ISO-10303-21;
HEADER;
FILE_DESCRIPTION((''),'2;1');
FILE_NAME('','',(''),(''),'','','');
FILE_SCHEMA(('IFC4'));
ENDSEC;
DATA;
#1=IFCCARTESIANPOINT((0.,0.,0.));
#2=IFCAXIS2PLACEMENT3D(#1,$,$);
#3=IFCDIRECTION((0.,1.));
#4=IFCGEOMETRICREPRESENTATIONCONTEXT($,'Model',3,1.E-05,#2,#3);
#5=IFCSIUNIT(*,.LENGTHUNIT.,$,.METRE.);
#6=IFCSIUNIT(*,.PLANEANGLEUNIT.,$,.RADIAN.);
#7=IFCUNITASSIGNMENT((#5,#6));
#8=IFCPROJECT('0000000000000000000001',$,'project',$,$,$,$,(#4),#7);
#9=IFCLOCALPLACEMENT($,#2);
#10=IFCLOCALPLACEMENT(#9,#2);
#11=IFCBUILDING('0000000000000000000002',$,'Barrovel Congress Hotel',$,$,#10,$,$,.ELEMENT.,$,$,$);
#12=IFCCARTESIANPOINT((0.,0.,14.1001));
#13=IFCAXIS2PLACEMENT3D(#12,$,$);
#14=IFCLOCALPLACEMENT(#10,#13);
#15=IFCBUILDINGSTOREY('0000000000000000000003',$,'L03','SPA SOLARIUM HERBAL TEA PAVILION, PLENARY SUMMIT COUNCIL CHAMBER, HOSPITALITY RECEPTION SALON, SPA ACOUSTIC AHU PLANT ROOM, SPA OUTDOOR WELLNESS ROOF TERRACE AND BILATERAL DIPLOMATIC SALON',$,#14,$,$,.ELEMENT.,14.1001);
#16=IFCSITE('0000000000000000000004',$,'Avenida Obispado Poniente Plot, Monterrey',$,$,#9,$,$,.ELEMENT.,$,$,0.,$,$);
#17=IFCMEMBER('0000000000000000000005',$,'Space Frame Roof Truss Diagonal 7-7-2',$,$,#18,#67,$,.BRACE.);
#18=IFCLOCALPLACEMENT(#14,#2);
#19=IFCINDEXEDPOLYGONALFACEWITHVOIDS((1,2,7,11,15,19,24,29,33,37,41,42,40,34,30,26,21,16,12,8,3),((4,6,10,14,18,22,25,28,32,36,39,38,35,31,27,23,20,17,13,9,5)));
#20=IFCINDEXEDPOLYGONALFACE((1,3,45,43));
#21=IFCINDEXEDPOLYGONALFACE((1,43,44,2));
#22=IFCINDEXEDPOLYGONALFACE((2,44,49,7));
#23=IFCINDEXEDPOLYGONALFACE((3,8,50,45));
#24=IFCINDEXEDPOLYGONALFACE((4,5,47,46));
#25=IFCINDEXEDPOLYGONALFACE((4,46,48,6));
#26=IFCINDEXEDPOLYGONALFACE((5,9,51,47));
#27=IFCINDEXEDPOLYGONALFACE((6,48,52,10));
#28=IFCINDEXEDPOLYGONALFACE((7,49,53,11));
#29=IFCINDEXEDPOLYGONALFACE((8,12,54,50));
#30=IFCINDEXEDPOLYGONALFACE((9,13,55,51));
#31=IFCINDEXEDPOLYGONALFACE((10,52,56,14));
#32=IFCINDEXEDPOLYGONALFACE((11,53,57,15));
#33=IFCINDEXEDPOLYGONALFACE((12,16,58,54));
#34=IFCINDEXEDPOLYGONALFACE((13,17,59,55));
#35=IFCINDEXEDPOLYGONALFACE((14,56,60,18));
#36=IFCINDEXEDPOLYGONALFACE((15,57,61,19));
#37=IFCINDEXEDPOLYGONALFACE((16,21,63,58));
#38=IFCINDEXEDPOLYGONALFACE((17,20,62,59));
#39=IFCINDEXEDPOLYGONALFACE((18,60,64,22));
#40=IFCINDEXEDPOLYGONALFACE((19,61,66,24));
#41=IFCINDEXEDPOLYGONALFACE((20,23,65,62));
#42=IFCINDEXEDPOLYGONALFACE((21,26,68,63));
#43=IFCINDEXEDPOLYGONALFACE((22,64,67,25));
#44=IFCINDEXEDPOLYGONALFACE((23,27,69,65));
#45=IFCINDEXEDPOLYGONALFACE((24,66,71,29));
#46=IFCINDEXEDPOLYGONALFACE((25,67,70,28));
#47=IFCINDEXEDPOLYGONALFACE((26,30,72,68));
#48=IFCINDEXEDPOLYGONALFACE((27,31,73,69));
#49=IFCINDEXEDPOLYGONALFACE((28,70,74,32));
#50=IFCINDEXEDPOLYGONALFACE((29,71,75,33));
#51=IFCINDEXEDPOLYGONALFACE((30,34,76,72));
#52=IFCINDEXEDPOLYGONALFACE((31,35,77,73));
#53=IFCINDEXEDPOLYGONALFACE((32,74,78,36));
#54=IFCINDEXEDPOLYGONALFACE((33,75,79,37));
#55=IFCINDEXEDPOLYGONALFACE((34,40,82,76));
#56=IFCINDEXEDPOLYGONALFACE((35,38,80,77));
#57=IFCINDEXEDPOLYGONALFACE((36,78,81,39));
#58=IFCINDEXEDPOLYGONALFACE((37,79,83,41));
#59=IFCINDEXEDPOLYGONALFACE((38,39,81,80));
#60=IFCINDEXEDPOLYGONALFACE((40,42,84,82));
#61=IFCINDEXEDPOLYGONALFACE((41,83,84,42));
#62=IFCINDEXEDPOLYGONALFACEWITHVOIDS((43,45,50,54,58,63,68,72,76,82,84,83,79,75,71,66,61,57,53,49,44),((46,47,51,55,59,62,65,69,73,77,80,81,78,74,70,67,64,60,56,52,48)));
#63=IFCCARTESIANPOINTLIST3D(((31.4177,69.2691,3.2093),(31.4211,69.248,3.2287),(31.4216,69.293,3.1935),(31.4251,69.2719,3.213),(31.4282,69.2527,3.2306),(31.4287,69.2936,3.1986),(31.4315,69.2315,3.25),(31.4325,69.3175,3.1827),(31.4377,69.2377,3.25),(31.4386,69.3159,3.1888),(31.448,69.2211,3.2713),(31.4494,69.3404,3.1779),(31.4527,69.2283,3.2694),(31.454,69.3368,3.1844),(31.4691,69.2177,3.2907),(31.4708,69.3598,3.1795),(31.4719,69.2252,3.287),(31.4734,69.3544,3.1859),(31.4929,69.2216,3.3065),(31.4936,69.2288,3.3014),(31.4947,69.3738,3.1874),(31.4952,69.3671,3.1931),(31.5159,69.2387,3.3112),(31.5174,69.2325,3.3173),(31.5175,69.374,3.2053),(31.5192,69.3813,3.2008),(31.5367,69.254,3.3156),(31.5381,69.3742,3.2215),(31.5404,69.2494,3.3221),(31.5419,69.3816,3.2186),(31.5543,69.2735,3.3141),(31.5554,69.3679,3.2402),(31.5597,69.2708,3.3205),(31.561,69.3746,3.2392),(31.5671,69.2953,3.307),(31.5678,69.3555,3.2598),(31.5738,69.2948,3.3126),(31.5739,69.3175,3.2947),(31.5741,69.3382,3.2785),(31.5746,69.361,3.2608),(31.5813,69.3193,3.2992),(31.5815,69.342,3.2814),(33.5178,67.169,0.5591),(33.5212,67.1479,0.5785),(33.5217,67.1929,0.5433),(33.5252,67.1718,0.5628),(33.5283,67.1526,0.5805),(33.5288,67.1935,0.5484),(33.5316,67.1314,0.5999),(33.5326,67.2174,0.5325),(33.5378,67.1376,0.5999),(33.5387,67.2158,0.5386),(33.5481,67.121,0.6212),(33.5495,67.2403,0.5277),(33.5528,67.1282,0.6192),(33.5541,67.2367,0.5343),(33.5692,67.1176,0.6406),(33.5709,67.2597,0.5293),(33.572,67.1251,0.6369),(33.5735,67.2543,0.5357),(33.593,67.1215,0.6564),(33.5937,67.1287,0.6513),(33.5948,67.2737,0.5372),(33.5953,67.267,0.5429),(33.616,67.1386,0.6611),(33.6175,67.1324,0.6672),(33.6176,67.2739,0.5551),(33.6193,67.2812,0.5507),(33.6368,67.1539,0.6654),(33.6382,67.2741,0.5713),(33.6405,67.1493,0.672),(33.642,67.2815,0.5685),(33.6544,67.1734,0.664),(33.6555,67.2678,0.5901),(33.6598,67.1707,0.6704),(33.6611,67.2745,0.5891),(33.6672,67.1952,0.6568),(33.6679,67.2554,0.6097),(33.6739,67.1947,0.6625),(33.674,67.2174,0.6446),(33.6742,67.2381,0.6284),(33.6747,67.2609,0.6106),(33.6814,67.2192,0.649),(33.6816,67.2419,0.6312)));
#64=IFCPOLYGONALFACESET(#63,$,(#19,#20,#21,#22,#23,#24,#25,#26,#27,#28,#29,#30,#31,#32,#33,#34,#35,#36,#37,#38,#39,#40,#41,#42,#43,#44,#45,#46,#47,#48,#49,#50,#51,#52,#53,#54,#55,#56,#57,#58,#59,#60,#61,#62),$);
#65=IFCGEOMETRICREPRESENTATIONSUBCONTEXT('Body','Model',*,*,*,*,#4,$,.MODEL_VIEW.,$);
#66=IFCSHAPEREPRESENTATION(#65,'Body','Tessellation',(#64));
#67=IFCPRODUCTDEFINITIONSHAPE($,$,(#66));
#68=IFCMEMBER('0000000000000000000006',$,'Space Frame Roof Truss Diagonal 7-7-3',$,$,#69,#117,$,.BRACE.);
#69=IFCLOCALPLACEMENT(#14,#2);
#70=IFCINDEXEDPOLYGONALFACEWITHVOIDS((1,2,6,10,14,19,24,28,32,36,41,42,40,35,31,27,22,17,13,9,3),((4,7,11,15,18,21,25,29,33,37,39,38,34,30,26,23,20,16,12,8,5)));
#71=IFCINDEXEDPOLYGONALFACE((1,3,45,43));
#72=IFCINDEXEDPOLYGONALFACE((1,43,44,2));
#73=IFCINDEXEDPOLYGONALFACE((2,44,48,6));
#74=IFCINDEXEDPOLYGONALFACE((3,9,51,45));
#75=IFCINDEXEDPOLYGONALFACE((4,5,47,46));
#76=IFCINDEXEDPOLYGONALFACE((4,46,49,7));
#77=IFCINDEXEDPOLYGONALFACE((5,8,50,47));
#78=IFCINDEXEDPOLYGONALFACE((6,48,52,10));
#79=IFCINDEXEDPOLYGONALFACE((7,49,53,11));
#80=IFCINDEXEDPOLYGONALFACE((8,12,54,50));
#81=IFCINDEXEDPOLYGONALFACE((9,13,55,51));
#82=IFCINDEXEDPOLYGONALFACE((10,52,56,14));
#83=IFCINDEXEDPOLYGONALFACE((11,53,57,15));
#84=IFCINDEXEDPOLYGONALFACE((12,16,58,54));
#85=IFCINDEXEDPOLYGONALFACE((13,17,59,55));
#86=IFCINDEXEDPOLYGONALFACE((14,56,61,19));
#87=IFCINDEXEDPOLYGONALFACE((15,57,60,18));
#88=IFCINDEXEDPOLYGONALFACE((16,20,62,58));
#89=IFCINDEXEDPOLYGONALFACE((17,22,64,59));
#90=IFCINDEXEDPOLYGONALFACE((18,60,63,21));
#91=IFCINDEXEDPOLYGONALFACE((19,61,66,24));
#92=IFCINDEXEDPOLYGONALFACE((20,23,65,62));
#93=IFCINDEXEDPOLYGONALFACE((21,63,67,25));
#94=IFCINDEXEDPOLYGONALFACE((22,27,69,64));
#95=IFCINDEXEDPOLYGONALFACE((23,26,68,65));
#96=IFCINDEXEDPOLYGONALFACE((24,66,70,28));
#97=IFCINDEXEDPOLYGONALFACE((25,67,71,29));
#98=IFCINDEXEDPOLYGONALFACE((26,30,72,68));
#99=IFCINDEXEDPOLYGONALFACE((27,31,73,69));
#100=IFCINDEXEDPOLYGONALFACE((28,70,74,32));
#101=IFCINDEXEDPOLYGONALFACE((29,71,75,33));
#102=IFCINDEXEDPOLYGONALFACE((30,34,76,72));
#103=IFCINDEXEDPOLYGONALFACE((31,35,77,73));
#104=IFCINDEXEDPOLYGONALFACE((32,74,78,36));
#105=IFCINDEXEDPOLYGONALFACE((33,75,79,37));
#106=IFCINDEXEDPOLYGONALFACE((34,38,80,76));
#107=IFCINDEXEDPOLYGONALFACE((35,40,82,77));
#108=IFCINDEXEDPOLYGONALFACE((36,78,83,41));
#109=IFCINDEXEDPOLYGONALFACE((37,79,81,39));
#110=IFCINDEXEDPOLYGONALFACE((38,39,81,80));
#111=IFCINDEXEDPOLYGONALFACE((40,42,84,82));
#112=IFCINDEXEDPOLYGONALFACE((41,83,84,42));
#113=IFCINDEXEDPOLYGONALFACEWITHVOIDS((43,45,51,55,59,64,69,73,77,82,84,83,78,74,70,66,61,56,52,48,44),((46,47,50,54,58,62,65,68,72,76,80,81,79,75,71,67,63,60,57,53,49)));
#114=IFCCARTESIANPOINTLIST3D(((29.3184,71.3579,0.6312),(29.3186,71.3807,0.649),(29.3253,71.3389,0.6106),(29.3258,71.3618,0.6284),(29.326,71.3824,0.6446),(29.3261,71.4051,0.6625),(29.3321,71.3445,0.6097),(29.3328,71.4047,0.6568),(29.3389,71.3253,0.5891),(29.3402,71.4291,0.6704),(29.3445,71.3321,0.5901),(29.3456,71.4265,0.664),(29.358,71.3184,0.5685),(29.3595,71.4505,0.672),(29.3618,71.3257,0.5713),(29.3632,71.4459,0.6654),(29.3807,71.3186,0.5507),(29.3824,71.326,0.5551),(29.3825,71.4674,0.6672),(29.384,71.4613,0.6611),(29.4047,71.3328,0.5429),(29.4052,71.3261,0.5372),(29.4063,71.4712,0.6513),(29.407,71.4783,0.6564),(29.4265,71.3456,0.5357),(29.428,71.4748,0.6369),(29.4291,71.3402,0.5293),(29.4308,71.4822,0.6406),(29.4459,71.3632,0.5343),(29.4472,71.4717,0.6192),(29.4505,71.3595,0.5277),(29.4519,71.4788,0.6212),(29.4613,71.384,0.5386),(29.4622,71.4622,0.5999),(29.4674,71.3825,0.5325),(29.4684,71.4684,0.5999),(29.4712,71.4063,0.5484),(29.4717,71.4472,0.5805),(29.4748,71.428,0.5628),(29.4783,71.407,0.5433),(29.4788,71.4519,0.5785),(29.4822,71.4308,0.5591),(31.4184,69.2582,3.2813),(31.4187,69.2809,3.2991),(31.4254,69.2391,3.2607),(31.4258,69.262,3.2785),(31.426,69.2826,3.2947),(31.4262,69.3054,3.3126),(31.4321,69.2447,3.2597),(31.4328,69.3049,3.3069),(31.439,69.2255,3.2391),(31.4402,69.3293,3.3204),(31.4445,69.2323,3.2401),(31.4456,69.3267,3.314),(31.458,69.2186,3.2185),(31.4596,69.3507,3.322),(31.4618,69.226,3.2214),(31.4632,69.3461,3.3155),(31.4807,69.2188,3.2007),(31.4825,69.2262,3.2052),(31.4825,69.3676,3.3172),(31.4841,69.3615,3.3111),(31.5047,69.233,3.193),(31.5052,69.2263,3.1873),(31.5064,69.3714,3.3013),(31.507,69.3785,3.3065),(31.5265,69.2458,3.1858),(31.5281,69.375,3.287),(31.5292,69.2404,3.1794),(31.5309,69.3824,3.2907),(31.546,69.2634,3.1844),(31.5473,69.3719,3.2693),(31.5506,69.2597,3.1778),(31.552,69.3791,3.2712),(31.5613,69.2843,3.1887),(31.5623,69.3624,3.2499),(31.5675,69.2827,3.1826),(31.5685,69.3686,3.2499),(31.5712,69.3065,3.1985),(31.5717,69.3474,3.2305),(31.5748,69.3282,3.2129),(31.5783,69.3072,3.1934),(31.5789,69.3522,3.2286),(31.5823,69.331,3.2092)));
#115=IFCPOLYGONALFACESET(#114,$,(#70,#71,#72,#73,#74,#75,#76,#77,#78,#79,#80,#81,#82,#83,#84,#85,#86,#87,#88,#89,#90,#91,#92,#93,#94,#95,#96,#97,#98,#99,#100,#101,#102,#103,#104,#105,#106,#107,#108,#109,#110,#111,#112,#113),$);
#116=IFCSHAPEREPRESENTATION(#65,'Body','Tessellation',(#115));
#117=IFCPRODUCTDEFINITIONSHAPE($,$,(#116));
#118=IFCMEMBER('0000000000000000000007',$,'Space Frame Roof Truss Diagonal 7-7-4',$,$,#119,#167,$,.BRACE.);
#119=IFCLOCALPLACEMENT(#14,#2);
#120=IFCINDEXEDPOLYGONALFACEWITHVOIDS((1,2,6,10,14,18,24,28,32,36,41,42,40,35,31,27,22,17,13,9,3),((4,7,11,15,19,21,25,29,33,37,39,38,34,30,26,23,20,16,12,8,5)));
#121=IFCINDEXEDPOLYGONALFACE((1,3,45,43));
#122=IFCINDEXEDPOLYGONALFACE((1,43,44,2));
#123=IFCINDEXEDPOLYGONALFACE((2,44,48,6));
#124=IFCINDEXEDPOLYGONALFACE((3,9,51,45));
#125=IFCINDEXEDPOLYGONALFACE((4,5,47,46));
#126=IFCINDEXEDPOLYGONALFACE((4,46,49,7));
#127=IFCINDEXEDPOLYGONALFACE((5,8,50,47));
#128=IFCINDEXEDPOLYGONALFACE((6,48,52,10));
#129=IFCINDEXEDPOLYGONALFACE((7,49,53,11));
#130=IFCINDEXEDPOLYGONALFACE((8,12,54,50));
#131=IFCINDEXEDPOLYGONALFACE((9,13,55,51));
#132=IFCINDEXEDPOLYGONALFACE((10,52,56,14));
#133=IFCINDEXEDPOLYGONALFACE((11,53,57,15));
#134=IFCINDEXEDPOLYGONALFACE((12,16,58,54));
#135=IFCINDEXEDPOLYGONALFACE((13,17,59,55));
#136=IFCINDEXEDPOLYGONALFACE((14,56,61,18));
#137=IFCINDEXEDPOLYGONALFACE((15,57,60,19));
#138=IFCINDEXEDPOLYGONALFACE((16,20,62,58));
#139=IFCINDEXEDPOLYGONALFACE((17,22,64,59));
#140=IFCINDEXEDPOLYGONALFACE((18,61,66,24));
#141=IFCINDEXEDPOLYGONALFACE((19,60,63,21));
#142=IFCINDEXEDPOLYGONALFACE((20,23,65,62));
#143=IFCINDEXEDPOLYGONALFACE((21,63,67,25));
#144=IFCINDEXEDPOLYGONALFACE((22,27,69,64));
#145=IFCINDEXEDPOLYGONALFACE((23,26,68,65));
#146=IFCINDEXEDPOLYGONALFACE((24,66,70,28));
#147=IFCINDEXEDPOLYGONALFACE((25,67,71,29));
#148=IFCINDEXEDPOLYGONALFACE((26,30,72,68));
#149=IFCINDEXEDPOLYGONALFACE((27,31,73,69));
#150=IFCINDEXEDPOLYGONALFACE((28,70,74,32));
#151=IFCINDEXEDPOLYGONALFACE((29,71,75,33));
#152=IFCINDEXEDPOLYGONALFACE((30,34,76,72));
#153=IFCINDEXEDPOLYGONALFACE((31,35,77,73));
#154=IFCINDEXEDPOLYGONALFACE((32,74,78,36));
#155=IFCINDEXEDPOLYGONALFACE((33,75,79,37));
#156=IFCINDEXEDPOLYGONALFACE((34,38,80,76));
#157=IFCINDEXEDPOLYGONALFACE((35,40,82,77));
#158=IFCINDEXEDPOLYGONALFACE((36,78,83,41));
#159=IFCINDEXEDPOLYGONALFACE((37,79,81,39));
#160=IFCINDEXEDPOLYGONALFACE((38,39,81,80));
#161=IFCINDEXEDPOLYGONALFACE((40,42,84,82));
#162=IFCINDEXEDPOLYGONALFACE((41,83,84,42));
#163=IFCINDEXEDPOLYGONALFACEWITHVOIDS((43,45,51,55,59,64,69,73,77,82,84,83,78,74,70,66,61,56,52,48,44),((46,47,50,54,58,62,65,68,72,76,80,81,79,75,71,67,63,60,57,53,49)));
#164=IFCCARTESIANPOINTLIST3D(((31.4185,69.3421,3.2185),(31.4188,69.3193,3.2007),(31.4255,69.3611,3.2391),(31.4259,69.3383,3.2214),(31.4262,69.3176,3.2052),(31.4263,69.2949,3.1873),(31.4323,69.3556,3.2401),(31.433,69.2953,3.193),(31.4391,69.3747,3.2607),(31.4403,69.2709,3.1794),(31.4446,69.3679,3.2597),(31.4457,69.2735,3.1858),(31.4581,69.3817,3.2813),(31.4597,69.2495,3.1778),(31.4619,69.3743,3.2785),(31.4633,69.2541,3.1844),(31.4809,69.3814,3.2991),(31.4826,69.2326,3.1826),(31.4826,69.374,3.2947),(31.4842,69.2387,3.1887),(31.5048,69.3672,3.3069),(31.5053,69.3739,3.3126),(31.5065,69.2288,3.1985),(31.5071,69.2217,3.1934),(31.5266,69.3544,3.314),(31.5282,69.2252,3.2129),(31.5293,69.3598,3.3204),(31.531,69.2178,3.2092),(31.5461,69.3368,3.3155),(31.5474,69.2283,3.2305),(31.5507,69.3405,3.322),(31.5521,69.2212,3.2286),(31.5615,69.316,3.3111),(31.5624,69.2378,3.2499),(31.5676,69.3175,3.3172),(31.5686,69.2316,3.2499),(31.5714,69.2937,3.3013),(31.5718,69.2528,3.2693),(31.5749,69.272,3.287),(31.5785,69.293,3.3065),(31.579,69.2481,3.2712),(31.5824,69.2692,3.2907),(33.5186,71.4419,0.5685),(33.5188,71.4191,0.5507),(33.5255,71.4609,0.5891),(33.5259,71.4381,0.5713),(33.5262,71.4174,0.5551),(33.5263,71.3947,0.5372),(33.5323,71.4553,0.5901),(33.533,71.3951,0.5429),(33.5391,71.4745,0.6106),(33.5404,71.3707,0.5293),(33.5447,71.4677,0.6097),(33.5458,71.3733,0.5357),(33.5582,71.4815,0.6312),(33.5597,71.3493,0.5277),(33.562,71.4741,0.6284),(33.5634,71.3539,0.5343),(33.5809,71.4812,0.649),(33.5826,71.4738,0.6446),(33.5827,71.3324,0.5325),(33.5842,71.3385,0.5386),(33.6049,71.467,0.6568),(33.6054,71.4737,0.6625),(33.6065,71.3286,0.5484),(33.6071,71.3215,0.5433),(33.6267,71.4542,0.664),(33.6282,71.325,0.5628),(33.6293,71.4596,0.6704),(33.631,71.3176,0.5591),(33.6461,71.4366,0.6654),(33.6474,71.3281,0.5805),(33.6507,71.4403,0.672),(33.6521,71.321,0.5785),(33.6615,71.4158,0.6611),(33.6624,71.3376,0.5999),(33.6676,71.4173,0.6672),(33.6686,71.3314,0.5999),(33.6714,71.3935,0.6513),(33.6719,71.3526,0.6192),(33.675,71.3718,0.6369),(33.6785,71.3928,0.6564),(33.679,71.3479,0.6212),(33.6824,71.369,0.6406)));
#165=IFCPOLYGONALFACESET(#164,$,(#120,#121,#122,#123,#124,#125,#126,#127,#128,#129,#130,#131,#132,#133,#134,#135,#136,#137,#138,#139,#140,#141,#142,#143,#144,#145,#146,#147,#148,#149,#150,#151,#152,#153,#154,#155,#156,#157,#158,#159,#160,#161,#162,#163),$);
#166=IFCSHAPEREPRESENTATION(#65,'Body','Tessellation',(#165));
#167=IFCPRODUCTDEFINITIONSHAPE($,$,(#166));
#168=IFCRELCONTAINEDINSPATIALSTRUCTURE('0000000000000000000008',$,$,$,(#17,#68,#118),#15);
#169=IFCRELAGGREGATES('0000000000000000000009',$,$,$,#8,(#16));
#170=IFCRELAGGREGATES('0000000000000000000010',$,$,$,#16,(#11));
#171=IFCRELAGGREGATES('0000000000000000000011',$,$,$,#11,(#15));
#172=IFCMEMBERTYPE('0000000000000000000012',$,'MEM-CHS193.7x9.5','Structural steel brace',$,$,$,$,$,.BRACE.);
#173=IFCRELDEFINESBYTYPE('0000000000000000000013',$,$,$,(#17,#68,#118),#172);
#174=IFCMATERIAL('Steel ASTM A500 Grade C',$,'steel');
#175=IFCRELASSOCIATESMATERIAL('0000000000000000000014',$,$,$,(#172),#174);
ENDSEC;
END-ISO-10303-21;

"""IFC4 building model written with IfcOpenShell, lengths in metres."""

from ifc_helpers import new_model, si_unit, direction, frame, origin, origin_2d, place, context, subcontext, project, spatial, hollow_circle, extrude, material, material_profile, profile_set, type_object, element, save


model = new_model("IFC4")

# Units and contexts
model_context = context("Model", 3, precision=1e-05, world=origin(), true_north=direction((0.0, 1.0)))
body_context = subcontext(model_context, "Body", "Model", "MODEL_VIEW")
ifc_project = project(units=[si_unit("LENGTHUNIT", "METRE"), si_unit("PLANEANGLEUNIT", "RADIAN")], contexts=[model_context])

# Site, building, storey
site_placement = place(None, origin())
site = spatial("IfcSite", under=ifc_project, at=site_placement, Name="Avenida Obispado Poniente Plot, Monterrey", CompositionType="ELEMENT", RefElevation=0.0)
building_placement = place(site_placement, origin())
building = spatial("IfcBuilding", under=site, at=building_placement, Name="Barrovel Congress Hotel", CompositionType="ELEMENT")
storey_placement = place(building_placement, frame((0.0, 0.0, 14.1001)))
storey = spatial("IfcBuildingStorey", under=building, at=storey_placement, Name="L03", Description="SPA SOLARIUM HERBAL TEA PAVILION, PLENARY SUMMIT COUNCIL CHAMBER, HOSPITALITY RECEPTION SALON, SPA ACOUSTIC AHU PLANT ROOM, SPA OUTDOOR WELLNESS ROOF TERRACE AND BILATERAL DIPLOMATIC SALON", CompositionType="ELEMENT", Elevation=14.1001)

# Members
ifc_material_1 = material(Name="Steel ASTM A500 Grade C", Category="steel")
ifc_material_profile_1 = material_profile(ifc_material_1, hollow_circle(Radius=0.0969, WallThickness=0.0088, at=origin_2d()), Name="CHS193.7x9.5")
ifc_profile_set_1 = profile_set([ifc_material_profile_1], Name="Steel ASTM A500 Grade C")
member_type_1 = type_object("IfcMemberType", Name="MEM-CHS193.7x9.5", Description="Structural steel brace", PredefinedType="BRACE", material=ifc_profile_set_1)
for number, where, z_axis, x_axis, name in (
    (1, (33.6001, 67.2, 0.5999), (-0.527601, 0.527601, 0.665788), (-0.707107, -0.707107, 0.0), "Space Frame Roof Truss Diagonal 7-7-2"),
):
    element("IfcMember", number, at=place(storey_placement, frame(where, z_axis=z_axis, x_axis=x_axis)), inside=storey, type_object=member_type_1, Name=name, PredefinedType="BRACE", context=body_context, shape_type="SweptSolid", body=[
        extrude(hollow_circle(Radius=0.0969, WallThickness=0.0088, at=origin_2d()), origin(), (0.0, 0.0, 1.0), 3.9805),
    ])
for number, where, z_axis, x_axis, name in (
    (2, (29.3999, 71.3999, 0.5999), (0.527618, -0.527557, 0.66581), (0.707066, 0.707148, 0.0), "Space Frame Roof Truss Diagonal 7-7-3"),
    (3, (33.6001, 71.3999, 0.5999), (-0.527618, -0.527557, 0.66581), (0.707066, -0.707148, 0.0), "Space Frame Roof Truss Diagonal 7-7-4"),
):
    element("IfcMember", number, at=place(storey_placement, frame(where, z_axis=z_axis, x_axis=x_axis)), inside=storey, type_object=member_type_1, Name=name, PredefinedType="BRACE", context=body_context, shape_type="SweptSolid", body=[
        extrude(hollow_circle(Radius=0.0969, WallThickness=0.0088, at=origin_2d()), origin(), (0.0, 0.0, 1.0), 3.9802),
    ])

save(model, "model.ifc")
